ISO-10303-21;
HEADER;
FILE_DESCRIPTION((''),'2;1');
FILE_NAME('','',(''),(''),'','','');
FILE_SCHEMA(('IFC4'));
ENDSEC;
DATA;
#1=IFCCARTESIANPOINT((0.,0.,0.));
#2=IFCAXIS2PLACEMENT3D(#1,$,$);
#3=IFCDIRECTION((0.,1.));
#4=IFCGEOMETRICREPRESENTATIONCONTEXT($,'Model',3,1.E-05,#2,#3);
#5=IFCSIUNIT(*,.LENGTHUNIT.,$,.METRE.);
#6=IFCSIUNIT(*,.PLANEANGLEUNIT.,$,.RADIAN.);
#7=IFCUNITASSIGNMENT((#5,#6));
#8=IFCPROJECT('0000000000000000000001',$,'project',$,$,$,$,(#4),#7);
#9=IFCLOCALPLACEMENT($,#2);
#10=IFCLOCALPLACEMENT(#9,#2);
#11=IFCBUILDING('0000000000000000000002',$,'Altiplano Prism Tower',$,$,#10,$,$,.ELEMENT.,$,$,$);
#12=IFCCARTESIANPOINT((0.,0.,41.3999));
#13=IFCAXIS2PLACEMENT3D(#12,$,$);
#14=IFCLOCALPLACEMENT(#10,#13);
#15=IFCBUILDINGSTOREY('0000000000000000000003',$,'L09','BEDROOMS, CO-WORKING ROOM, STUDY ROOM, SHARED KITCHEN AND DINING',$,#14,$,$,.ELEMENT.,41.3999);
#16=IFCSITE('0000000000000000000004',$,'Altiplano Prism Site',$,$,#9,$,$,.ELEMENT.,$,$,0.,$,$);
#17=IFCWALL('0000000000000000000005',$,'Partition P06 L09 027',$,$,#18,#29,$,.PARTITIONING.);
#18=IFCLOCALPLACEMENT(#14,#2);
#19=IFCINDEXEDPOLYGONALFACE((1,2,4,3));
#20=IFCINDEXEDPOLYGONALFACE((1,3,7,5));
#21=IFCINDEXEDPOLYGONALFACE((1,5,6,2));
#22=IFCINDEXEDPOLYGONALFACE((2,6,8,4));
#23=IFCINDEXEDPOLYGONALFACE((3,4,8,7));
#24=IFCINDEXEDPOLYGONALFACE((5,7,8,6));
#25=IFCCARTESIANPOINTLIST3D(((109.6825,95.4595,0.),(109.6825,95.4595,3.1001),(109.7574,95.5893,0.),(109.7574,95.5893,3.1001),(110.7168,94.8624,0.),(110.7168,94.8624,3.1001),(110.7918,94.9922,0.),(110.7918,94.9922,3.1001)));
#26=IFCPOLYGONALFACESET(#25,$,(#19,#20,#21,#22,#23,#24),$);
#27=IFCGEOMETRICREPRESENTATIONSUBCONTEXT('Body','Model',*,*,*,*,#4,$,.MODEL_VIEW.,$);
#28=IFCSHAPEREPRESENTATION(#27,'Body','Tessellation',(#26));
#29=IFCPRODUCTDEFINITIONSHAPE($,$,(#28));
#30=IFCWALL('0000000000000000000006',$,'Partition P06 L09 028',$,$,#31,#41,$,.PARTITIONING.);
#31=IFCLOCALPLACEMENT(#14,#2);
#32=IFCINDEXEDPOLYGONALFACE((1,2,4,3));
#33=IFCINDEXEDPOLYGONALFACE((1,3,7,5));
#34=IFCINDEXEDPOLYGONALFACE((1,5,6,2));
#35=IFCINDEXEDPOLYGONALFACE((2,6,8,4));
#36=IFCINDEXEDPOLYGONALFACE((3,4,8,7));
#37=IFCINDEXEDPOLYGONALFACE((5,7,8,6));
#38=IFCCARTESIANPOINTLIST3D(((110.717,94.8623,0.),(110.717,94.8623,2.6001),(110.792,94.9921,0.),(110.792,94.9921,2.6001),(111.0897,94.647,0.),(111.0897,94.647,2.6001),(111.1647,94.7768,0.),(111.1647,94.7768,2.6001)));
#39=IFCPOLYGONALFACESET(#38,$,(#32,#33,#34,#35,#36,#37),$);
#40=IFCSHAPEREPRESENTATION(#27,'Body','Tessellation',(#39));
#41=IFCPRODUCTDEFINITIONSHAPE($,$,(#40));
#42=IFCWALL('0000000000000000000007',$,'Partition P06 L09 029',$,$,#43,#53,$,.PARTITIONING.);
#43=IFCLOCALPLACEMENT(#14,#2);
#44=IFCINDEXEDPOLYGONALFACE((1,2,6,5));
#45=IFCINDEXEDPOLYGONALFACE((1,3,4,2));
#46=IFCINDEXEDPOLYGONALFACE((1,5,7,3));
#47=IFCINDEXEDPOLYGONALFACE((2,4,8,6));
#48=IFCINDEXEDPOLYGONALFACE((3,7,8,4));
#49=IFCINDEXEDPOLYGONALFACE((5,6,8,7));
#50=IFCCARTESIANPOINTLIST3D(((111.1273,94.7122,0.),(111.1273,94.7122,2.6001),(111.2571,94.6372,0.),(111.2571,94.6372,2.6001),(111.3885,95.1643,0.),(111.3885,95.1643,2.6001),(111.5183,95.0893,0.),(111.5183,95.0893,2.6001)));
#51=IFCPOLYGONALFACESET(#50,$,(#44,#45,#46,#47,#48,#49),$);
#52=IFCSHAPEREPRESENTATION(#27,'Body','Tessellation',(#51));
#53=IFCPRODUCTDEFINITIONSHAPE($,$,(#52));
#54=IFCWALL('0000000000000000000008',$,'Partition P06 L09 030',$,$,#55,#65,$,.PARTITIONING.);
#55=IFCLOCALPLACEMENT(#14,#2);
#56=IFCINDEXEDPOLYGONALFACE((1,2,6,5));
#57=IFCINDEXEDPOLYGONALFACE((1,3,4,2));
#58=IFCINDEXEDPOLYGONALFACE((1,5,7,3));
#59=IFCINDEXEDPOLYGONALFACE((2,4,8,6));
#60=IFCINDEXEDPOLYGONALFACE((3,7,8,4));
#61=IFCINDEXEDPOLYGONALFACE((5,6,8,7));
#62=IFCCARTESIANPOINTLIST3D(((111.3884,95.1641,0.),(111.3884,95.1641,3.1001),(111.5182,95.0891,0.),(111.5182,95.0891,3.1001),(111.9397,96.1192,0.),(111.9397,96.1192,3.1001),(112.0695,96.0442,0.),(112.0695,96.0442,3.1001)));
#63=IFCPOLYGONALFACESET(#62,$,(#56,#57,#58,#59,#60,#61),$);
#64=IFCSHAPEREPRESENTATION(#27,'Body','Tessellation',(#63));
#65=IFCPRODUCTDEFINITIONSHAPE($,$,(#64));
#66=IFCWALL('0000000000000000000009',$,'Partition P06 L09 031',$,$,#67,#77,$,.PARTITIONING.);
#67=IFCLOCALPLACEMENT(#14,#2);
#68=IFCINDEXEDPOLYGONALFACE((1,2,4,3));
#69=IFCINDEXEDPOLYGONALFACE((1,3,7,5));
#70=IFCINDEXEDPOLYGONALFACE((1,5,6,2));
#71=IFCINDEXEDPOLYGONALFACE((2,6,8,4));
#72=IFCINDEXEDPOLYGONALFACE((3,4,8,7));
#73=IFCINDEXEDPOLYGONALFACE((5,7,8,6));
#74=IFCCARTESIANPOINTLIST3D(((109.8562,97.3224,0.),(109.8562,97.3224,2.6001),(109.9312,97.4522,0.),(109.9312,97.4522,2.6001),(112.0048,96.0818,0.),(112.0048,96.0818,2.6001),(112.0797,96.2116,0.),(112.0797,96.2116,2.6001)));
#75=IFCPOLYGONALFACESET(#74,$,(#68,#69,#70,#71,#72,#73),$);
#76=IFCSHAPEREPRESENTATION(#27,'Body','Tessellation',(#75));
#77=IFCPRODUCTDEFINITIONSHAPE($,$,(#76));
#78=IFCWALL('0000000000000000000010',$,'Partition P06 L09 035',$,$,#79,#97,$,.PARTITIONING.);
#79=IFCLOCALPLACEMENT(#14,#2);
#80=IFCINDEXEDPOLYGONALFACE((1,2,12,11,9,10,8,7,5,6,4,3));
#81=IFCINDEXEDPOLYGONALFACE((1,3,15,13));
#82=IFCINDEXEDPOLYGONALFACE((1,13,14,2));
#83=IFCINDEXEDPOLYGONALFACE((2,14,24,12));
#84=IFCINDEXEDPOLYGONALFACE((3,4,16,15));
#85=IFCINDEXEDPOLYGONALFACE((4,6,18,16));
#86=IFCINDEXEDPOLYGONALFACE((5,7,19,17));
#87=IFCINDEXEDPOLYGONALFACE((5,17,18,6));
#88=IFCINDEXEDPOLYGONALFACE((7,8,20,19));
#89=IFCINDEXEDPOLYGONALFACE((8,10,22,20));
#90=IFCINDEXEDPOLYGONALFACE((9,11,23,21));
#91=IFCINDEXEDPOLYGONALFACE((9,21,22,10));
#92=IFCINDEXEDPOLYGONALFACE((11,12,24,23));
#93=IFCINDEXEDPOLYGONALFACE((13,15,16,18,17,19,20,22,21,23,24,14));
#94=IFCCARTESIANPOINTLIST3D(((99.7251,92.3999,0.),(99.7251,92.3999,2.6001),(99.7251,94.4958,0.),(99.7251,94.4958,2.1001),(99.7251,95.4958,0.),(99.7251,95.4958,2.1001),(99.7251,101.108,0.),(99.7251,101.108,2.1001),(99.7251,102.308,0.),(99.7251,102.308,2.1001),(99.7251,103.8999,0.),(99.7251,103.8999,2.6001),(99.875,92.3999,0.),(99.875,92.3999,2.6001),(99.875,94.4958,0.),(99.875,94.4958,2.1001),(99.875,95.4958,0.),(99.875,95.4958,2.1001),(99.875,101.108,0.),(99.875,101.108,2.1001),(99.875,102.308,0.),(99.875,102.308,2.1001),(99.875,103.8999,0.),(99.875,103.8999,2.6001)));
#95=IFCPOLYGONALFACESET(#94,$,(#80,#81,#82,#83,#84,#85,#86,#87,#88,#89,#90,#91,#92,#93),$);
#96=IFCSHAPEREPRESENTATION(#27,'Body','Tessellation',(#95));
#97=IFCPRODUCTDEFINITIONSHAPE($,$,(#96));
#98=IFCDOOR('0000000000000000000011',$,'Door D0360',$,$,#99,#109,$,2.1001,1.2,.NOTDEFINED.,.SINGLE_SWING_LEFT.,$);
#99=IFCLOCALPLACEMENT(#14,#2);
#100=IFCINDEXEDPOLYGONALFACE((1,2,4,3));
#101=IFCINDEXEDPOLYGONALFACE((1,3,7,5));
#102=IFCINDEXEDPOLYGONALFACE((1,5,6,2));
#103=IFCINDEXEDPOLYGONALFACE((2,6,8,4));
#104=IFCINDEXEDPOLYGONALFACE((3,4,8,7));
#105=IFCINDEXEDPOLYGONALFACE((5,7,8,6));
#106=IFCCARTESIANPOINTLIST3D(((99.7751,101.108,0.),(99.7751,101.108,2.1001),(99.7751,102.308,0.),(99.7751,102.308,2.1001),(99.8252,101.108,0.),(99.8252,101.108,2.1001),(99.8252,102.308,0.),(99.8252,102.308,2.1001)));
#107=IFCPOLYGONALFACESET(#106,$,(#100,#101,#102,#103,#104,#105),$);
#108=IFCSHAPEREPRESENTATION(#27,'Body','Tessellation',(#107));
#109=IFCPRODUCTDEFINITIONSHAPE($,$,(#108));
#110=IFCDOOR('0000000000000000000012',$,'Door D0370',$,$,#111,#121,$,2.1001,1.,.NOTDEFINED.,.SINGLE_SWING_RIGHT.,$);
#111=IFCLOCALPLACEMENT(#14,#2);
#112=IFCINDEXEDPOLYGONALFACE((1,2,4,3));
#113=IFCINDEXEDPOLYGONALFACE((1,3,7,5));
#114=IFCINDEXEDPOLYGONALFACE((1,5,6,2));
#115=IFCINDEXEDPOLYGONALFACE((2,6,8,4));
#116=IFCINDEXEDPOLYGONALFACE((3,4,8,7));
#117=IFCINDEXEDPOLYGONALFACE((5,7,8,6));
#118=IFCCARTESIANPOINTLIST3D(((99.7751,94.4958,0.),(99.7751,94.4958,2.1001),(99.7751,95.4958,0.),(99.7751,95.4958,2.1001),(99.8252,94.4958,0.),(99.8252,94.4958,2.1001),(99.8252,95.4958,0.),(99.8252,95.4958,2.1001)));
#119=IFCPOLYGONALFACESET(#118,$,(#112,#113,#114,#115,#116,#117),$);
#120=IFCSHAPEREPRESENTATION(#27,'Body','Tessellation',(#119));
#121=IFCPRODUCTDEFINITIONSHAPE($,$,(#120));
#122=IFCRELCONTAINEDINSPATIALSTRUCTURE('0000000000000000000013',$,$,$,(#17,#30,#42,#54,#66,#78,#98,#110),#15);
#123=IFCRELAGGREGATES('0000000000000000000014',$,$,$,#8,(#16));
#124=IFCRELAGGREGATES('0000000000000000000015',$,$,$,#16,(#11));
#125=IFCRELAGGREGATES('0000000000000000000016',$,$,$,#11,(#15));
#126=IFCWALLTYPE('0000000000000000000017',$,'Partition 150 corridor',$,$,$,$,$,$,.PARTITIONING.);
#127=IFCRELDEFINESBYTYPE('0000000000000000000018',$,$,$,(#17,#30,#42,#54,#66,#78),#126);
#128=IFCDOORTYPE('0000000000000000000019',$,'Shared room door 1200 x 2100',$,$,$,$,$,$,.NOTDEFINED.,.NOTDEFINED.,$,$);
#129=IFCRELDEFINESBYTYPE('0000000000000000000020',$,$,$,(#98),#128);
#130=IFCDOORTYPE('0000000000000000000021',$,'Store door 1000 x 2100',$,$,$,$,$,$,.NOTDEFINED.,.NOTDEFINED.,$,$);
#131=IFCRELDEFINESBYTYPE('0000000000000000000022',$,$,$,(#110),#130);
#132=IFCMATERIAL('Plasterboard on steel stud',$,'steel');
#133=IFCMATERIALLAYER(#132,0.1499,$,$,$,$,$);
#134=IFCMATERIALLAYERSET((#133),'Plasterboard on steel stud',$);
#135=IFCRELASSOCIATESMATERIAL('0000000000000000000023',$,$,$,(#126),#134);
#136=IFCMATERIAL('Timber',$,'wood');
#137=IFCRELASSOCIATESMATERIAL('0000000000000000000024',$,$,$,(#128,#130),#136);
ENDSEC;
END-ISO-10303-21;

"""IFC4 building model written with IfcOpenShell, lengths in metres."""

from ifc_helpers import new_model, si_unit, direction, frame, frame_2d, origin, place, context, subcontext, project, spatial, rectangle, extrude, material, layer, layer_set, type_object, element, fill, save


model = new_model("IFC4")

# Units and contexts
model_context = context("Model", 3, precision=1e-05, world=origin(), true_north=direction((0.0, 1.0)))
body_context = subcontext(model_context, "Body", "Model", "MODEL_VIEW")
ifc_project = project(units=[si_unit("LENGTHUNIT", "METRE"), si_unit("PLANEANGLEUNIT", "RADIAN")], contexts=[model_context])

# Site, building, storey
site_placement = place(None, origin())
site = spatial("IfcSite", under=ifc_project, at=site_placement, Name="Altiplano Prism Site", CompositionType="ELEMENT", RefElevation=0.0)
building_placement = place(site_placement, origin())
building = spatial("IfcBuilding", under=site, at=building_placement, Name="Altiplano Prism Tower", CompositionType="ELEMENT")
storey_placement = place(building_placement, frame((0.0, 0.0, 41.3999)))
storey = spatial("IfcBuildingStorey", under=building, at=storey_placement, Name="L09", Description="BEDROOMS, CO-WORKING ROOM, STUDY ROOM, SHARED KITCHEN AND DINING", CompositionType="ELEMENT", Elevation=41.3999)

# Walls
ifc_material_1 = material(Name="Plasterboard on steel stud", Category="steel")
ifc_layer_1 = layer(ifc_material_1, 0.1499)
ifc_layer_set_1 = layer_set([ifc_layer_1], Name="Plasterboard on steel stud")
wall_type_1 = type_object("IfcWallType", Name="Partition 150 corridor", PredefinedType="PARTITIONING", material=ifc_layer_set_1)
wall_1_placement = place(storey_placement, frame((109.72, 95.5244, 0.0), z_axis=(0.0, 0.0, 1.0), x_axis=(0.866046, -0.499964, 0.0)))
element("IfcWall", 1, at=wall_1_placement, inside=storey, type_object=wall_type_1, Name="Partition P06 L09 027", PredefinedType="PARTITIONING", context=body_context, shape_type="SweptSolid", body=[
    extrude(rectangle(XDim=1.1943, YDim=0.1499, at=frame_2d((0.5972, 0.0))), origin(), (0.0, 0.0, 1.0), 3.1001),
])
wall_2_placement = place(storey_placement, frame((110.7544, 94.9272, 0.0), z_axis=(0.0, 0.0, 1.0), x_axis=(0.865931, -0.500164, 0.0)))
element("IfcWall", 2, at=wall_2_placement, inside=storey, type_object=wall_type_1, Name="Partition P06 L09 028", PredefinedType="PARTITIONING", context=body_context, shape_type="SweptSolid", body=[
    extrude(rectangle(XDim=0.4304, YDim=0.1499, at=frame_2d((0.2153, 0.0))), origin(), (0.0, 0.0, 1.0), 2.6001),
])
wall_3_placement = place(storey_placement, frame((111.1921, 94.6746, 0.0), z_axis=(0.0, 0.0, 1.0), x_axis=(0.500262, 0.865874, 0.0)))
element("IfcWall", 3, at=wall_3_placement, inside=storey, type_object=wall_type_1, Name="Partition P06 L09 029", PredefinedType="PARTITIONING", context=body_context, shape_type="SweptSolid", body=[
    extrude(rectangle(XDim=0.5222, YDim=0.1499, at=frame_2d((0.2612, 0.0))), origin(), (0.0, 0.0, 1.0), 2.6001),
])
wall_4_placement = place(storey_placement, frame((111.4534, 95.1267, 0.0), z_axis=(0.0, 0.0, 1.0), x_axis=(0.499901, 0.866082, 0.0)))
element("IfcWall", 4, at=wall_4_placement, inside=storey, type_object=wall_type_1, Name="Partition P06 L09 030", PredefinedType="PARTITIONING", context=body_context, shape_type="SweptSolid", body=[
    extrude(rectangle(XDim=1.1028, YDim=0.1499, at=frame_2d((0.5513, 0.0))), origin(), (0.0, 0.0, 1.0), 3.1001),
])
wall_5_placement = place(storey_placement, frame((112.0422, 96.1467, 0.0), z_axis=(0.0, 0.0, 1.0), x_axis=(-0.866012, 0.500023, 0.0)))
element("IfcWall", 5, at=wall_5_placement, inside=storey, type_object=wall_type_1, Name="Partition P06 L09 031", PredefinedType="PARTITIONING", context=body_context, shape_type="SweptSolid", body=[
    extrude(rectangle(XDim=2.481, YDim=0.1499, at=frame_2d((1.2405, 0.0))), origin(), (0.0, 0.0, 1.0), 2.6001),
])

# Wall, openings, doors
wall_6_placement = place(storey_placement, frame((99.8, 92.3999, 0.0), z_axis=(0.0, 0.0, 1.0), x_axis=(0.0, 1.0, 0.0)))
wall_6 = element("IfcWall", 6, at=wall_6_placement, inside=storey, type_object=wall_type_1, Name="Partition P06 L09 035", PredefinedType="PARTITIONING", context=body_context, shape_type="SweptSolid", body=[
    extrude(rectangle(XDim=11.5, YDim=0.1499, at=frame_2d((5.75, 0.0))), origin(), (0.0, 0.0, 1.0), 2.6001),
])
opening_1_placement = place(wall_6_placement, frame((8.708, 0.0, 0.0)))
opening_1 = element("IfcOpeningElement", 7, at=opening_1_placement, cuts=wall_6, PredefinedType="OPENING", context=body_context, shape_type="SweptSolid", body=[
    extrude(rectangle(XDim=1.2, YDim=2.1001, at=frame_2d((0.6001, 1.05))), frame((0.0, 0.0854, 0.0), z_axis=(0.0, -1.0, 0.0), x_axis=(1.0, 0.0, 0.0)), (0.0, 0.0, 1.0), 0.1709),
])
opening_2_placement = place(wall_6_placement, frame((2.0959, 0.0, 0.0)))
opening_2 = element("IfcOpeningElement", 8, at=opening_2_placement, cuts=wall_6, PredefinedType="OPENING", context=body_context, shape_type="SweptSolid", body=[
    extrude(rectangle(XDim=1.0, YDim=2.1001, at=frame_2d((0.5, 1.05))), frame((0.0, 0.0854, 0.0), z_axis=(0.0, -1.0, 0.0), x_axis=(1.0, 0.0, 0.0)), (0.0, 0.0, 1.0), 0.1709),
])
ifc_material_2 = material(Name="Timber", Category="wood")
door_type_1 = type_object("IfcDoorType", Name="Shared room door 1200 x 2100", OperationType="NOTDEFINED", PredefinedType="NOTDEFINED", material=ifc_material_2)
door_1_placement = place(opening_1_placement, origin())
door_1 = element("IfcDoor", 9, at=door_1_placement, inside=storey, type_object=door_type_1, Name="Door D0360", OperationType="SINGLE_SWING_LEFT", OverallHeight=2.1001, OverallWidth=1.2, PredefinedType="NOTDEFINED", context=body_context, shape_type="SweptSolid", body=[
    extrude(rectangle(XDim=1.2, YDim=2.1001, at=frame_2d((0.6001, 1.05))), frame((0.0, 0.0249, 0.0), z_axis=(0.0, -1.0, 0.0), x_axis=(1.0, 0.0, 0.0)), (0.0, 0.0, 1.0), 0.05),
])
fill(opening_1, door_1)
door_type_2 = type_object("IfcDoorType", Name="Store door 1000 x 2100", OperationType="NOTDEFINED", PredefinedType="NOTDEFINED", material=ifc_material_2)
door_2_placement = place(opening_2_placement, origin())
door_2 = element("IfcDoor", 10, at=door_2_placement, inside=storey, type_object=door_type_2, Name="Door D0370", OperationType="SINGLE_SWING_RIGHT", OverallHeight=2.1001, OverallWidth=1.0, PredefinedType="NOTDEFINED", context=body_context, shape_type="SweptSolid", body=[
    extrude(rectangle(XDim=1.0, YDim=2.1001, at=frame_2d((0.5, 1.05))), frame((0.0, 0.0249, 0.0), z_axis=(0.0, -1.0, 0.0), x_axis=(1.0, 0.0, 0.0)), (0.0, 0.0, 1.0), 0.05),
])
fill(opening_2, door_2)

save(model, "model.ifc")
